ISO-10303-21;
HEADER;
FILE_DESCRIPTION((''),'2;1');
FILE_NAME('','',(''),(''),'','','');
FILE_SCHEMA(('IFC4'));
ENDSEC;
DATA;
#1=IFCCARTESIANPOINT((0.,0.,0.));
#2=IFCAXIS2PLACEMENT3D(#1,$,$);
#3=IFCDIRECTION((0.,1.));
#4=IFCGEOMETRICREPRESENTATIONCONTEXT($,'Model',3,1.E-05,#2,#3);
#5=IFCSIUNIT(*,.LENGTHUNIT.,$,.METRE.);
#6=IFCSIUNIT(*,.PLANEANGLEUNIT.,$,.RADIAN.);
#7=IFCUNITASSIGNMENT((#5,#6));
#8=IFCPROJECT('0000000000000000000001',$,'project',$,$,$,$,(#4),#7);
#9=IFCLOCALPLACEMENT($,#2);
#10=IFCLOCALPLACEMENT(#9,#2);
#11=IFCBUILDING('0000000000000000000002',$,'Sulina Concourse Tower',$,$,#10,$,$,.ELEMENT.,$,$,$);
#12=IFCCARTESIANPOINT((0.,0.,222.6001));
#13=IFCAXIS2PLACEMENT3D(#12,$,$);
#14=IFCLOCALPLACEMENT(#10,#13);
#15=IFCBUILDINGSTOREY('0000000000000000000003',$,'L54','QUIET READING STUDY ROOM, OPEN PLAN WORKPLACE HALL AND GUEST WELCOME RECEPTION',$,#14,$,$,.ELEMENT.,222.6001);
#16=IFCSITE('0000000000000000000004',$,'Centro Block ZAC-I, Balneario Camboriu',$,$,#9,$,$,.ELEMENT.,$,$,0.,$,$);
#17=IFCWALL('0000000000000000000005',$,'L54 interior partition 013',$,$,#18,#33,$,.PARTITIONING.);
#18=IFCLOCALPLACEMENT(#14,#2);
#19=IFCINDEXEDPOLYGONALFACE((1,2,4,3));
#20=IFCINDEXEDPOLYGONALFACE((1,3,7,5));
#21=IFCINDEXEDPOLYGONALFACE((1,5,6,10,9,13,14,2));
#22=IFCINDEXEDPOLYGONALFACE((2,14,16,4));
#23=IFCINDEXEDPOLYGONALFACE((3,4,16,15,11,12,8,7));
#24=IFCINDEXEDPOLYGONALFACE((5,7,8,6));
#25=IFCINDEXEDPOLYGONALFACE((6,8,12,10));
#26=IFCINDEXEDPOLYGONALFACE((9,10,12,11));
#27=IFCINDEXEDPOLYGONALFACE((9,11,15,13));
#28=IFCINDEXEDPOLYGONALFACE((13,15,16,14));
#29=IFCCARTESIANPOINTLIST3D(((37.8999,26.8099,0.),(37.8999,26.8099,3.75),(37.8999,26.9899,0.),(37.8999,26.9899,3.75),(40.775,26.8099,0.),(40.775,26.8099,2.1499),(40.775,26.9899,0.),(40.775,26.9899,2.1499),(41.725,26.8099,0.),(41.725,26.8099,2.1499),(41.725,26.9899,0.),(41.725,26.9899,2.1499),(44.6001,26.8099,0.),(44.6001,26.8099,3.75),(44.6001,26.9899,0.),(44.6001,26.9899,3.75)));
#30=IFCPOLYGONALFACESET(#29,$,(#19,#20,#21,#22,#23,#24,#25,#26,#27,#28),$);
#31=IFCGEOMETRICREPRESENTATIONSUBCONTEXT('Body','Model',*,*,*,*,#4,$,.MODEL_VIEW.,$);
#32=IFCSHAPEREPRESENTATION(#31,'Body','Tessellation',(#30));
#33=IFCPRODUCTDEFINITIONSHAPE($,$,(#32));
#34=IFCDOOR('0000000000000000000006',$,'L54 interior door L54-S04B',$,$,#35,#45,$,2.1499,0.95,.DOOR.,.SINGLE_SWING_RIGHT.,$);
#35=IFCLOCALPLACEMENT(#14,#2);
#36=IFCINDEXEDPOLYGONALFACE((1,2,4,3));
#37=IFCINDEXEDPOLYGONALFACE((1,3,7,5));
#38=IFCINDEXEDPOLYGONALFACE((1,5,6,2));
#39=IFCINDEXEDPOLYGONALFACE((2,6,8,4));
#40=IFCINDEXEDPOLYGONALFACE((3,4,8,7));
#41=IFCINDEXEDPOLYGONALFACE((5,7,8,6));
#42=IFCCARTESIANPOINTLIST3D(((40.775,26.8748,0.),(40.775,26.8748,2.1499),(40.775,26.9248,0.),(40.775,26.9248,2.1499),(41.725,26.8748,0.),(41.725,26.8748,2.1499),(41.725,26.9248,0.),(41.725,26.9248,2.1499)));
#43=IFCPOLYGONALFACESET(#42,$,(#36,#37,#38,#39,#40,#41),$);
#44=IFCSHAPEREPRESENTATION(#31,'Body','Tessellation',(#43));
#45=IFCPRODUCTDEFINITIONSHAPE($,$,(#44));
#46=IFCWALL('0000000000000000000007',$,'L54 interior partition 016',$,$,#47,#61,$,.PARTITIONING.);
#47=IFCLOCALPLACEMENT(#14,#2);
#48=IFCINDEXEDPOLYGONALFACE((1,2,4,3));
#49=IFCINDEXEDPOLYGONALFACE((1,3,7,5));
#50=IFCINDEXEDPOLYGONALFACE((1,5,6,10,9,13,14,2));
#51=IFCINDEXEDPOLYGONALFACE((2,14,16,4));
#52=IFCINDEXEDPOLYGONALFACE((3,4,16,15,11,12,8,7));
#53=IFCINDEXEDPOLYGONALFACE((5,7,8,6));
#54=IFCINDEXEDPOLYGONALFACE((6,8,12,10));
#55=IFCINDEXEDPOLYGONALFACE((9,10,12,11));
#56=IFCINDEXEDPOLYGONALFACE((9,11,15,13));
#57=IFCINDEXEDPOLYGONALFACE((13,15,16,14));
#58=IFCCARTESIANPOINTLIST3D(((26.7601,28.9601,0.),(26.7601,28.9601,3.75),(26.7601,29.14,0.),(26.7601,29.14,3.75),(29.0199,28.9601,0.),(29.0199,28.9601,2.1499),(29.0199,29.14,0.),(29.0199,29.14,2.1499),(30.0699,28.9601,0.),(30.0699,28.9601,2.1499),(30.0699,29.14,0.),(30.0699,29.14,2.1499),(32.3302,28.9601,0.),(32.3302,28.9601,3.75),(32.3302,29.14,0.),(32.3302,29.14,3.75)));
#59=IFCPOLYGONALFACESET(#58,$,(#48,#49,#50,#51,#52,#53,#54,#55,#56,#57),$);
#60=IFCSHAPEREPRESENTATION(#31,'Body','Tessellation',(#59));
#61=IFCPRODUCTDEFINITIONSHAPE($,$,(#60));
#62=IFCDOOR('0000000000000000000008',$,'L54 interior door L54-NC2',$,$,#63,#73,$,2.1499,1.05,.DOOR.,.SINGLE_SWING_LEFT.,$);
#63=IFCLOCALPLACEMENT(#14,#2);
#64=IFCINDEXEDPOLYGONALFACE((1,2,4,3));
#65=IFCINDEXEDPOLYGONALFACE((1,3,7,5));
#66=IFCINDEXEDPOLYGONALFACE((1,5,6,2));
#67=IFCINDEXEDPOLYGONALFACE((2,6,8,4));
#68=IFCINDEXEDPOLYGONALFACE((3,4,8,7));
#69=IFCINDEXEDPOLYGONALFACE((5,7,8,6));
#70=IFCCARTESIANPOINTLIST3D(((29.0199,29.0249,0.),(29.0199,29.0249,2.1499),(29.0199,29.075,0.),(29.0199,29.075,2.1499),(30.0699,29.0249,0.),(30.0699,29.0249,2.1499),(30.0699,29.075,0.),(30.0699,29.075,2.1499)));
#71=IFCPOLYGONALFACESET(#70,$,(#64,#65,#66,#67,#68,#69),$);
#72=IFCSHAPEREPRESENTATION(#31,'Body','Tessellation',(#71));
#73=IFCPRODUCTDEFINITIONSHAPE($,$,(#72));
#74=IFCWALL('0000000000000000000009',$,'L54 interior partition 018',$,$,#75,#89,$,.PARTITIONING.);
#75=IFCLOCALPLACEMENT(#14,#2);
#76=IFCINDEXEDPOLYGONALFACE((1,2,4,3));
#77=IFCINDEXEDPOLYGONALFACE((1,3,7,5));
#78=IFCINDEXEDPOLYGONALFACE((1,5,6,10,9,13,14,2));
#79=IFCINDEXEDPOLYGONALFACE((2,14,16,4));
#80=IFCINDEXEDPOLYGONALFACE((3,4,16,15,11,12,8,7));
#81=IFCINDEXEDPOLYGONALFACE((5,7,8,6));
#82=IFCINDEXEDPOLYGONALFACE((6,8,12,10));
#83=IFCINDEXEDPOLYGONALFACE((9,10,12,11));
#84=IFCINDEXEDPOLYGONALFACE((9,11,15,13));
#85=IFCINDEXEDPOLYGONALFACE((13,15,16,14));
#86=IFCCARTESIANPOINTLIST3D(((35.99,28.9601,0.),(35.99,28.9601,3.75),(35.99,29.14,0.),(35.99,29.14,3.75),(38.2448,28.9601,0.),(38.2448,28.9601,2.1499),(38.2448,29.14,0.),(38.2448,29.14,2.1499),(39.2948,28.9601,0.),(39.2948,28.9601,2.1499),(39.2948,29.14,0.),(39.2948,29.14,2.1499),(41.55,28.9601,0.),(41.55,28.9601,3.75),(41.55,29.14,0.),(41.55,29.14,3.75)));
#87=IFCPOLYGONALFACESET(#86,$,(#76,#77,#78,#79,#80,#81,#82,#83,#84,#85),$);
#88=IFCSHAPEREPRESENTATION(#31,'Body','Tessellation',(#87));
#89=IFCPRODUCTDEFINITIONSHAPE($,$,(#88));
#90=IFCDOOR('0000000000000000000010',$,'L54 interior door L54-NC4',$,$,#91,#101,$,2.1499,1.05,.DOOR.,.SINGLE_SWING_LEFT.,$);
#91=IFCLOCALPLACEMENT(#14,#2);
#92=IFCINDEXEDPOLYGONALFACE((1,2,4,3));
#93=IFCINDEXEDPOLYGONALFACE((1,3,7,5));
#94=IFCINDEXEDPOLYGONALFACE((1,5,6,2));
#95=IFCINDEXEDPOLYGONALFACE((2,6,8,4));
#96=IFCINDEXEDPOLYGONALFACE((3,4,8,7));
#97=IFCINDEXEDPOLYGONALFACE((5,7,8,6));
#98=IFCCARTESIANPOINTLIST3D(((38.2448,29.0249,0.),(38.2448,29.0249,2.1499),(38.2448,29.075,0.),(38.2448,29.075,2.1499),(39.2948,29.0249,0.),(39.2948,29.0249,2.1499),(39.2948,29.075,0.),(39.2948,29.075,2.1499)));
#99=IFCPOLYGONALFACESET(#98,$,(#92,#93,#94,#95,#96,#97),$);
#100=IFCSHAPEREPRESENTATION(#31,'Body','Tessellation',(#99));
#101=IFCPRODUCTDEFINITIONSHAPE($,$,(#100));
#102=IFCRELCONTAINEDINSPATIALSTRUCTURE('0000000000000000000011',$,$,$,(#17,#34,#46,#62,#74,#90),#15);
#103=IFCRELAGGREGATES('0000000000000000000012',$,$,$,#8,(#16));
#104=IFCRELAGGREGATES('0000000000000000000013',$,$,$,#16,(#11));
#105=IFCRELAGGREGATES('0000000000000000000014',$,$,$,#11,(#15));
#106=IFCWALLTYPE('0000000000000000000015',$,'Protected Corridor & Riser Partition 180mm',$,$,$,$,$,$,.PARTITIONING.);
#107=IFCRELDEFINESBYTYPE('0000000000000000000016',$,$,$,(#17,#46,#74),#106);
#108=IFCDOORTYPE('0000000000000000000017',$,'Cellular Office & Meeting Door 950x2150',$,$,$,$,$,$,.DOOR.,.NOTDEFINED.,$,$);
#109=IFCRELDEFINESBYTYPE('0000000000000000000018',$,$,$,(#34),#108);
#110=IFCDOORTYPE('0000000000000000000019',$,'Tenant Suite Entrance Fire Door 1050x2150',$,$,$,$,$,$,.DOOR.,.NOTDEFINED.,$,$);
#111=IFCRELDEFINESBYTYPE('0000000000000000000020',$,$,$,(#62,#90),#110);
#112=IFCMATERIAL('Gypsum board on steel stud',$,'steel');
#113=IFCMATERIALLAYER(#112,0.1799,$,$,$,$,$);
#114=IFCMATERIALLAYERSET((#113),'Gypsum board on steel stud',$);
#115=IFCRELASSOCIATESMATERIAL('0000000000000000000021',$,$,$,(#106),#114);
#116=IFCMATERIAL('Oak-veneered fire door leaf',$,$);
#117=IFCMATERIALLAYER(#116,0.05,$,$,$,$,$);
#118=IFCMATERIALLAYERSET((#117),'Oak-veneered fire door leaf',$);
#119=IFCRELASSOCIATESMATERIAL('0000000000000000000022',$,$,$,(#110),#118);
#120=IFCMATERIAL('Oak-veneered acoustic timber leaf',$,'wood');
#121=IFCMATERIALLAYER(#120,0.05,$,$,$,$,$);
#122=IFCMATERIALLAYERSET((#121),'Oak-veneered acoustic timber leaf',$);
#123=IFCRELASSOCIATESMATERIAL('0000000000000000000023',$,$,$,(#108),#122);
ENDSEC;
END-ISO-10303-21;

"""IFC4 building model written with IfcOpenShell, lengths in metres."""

from ifc_helpers import new_model, si_unit, direction, frame, frame_2d, origin, place, context, subcontext, project, spatial, rectangle, extrude, material, layer, layer_set, type_object, element, fill, save


model = new_model("IFC4")

# Units and contexts
model_context = context("Model", 3, precision=1e-05, world=origin(), true_north=direction((0.0, 1.0)))
body_context = subcontext(model_context, "Body", "Model", "MODEL_VIEW")
ifc_project = project(units=[si_unit("LENGTHUNIT", "METRE"), si_unit("PLANEANGLEUNIT", "RADIAN")], contexts=[model_context])

# Site, building, storey
site_placement = place(None, origin())
site = spatial("IfcSite", under=ifc_project, at=site_placement, Name="Centro Block ZAC-I, Balneario Camboriu", CompositionType="ELEMENT", RefElevation=0.0)
building_placement = place(site_placement, origin())
building = spatial("IfcBuilding", under=site, at=building_placement, Name="Sulina Concourse Tower", CompositionType="ELEMENT")
storey_placement = place(building_placement, frame((0.0, 0.0, 222.6001)))
storey = spatial("IfcBuildingStorey", under=building, at=storey_placement, Name="L54", Description="QUIET READING STUDY ROOM, OPEN PLAN WORKPLACE HALL AND GUEST WELCOME RECEPTION", CompositionType="ELEMENT", Elevation=222.6001)

# Walls, openings, doors
ifc_material_1 = material(Name="Gypsum board on steel stud", Category="steel")
ifc_layer_1 = layer(ifc_material_1, 0.1799)
ifc_layer_set_1 = layer_set([ifc_layer_1], Name="Gypsum board on steel stud")
wall_type_1 = type_object("IfcWallType", Name="Protected Corridor & Riser Partition 180mm", PredefinedType="PARTITIONING", material=ifc_layer_set_1)
ifc_material_2 = material(Name="Oak-veneered fire door leaf")
ifc_layer_2 = layer(ifc_material_2, 0.05)
ifc_layer_set_2 = layer_set([ifc_layer_2], Name="Oak-veneered fire door leaf")
door_type_1 = type_object("IfcDoorType", Name="Tenant Suite Entrance Fire Door 1050x2150", OperationType="NOTDEFINED", PredefinedType="DOOR", material=ifc_layer_set_2)
wall_1_placement = place(storey_placement, frame((37.8999, 26.8999, 0.0), z_axis=(0.0, 0.0, 1.0), x_axis=(1.0, 0.0, 0.0)))
wall_1 = element("IfcWall", 1, at=wall_1_placement, inside=storey, type_object=wall_type_1, Name="L54 interior partition 013", PredefinedType="PARTITIONING", context=body_context, shape_type="SweptSolid", body=[
    extrude(rectangle(XDim=6.7002, YDim=0.1799, at=frame_2d((3.3501, 0.0))), origin(), (0.0, 0.0, 1.0), 3.75),
])
opening_1_placement = place(wall_1_placement, frame((2.875, 0.0, 0.0)))
opening_1 = element("IfcOpeningElement", 2, at=opening_1_placement, cuts=wall_1, PredefinedType="OPENING", context=body_context, shape_type="SweptSolid", body=[
    extrude(rectangle(XDim=0.95, YDim=2.1499, at=frame_2d((0.4751, 1.075))), frame((0.0, 0.0999, 0.0), z_axis=(0.0, -1.0, 0.0), x_axis=(1.0, 0.0, 0.0)), (0.0, 0.0, 1.0), 0.2),
])
ifc_material_3 = material(Name="Oak-veneered acoustic timber leaf", Category="wood")
ifc_layer_3 = layer(ifc_material_3, 0.05)
ifc_layer_set_3 = layer_set([ifc_layer_3], Name="Oak-veneered acoustic timber leaf")
door_type_2 = type_object("IfcDoorType", Name="Cellular Office & Meeting Door 950x2150", OperationType="NOTDEFINED", PredefinedType="DOOR", material=ifc_layer_set_3)
door_1_placement = place(opening_1_placement, origin())
door_1 = element("IfcDoor", 3, at=door_1_placement, inside=storey, type_object=door_type_2, Name="L54 interior door L54-S04B", OperationType="SINGLE_SWING_RIGHT", OverallHeight=2.1499, OverallWidth=0.95, PredefinedType="DOOR", context=body_context, shape_type="SweptSolid", body=[
    extrude(rectangle(XDim=0.95, YDim=2.1499, at=frame_2d((0.4751, 1.075))), frame((0.0, 0.0249, 0.0), z_axis=(0.0, -1.0, 0.0), x_axis=(1.0, 0.0, 0.0)), (0.0, 0.0, 1.0), 0.05),
])
fill(opening_1, door_1)
wall_2_placement = place(storey_placement, frame((26.76, 29.05, 0.0), z_axis=(0.0, 0.0, 1.0), x_axis=(1.0, 0.0, 0.0)))
wall_2 = element("IfcWall", 4, at=wall_2_placement, inside=storey, type_object=wall_type_1, Name="L54 interior partition 016", PredefinedType="PARTITIONING", context=body_context, shape_type="SweptSolid", body=[
    extrude(rectangle(XDim=5.5701, YDim=0.1799, at=frame_2d((2.7852, 0.0))), origin(), (0.0, 0.0, 1.0), 3.75),
])
opening_2_placement = place(wall_2_placement, frame((2.26, 0.0, 0.0)))
opening_2 = element("IfcOpeningElement", 5, at=opening_2_placement, cuts=wall_2, PredefinedType="OPENING", context=body_context, shape_type="SweptSolid", body=[
    extrude(rectangle(XDim=1.05, YDim=2.1499, at=frame_2d((0.5249, 1.075))), frame((0.0, 0.0999, 0.0), z_axis=(0.0, -1.0, 0.0), x_axis=(1.0, 0.0, 0.0)), (0.0, 0.0, 1.0), 0.2),
])
door_2_placement = place(opening_2_placement, origin())
door_2 = element("IfcDoor", 6, at=door_2_placement, inside=storey, type_object=door_type_1, Name="L54 interior door L54-NC2", OperationType="SINGLE_SWING_LEFT", OverallHeight=2.1499, OverallWidth=1.05, PredefinedType="DOOR", context=body_context, shape_type="SweptSolid", body=[
    extrude(rectangle(XDim=1.05, YDim=2.1499, at=frame_2d((0.5249, 1.075))), frame((0.0, 0.0249, 0.0), z_axis=(0.0, -1.0, 0.0), x_axis=(1.0, 0.0, 0.0)), (0.0, 0.0, 1.0), 0.05),
])
fill(opening_2, door_2)
wall_3_placement = place(storey_placement, frame((35.99, 29.05, 0.0), z_axis=(0.0, 0.0, 1.0), x_axis=(1.0, 0.0, 0.0)))
wall_3 = element("IfcWall", 7, at=wall_3_placement, inside=storey, type_object=wall_type_1, Name="L54 interior partition 018", PredefinedType="PARTITIONING", context=body_context, shape_type="SweptSolid", body=[
    extrude(rectangle(XDim=5.5601, YDim=0.1799, at=frame_2d((2.78, 0.0))), origin(), (0.0, 0.0, 1.0), 3.75),
])
opening_3_placement = place(wall_3_placement, frame((2.2549, 0.0, 0.0)))
opening_3 = element("IfcOpeningElement", 8, at=opening_3_placement, cuts=wall_3, PredefinedType="OPENING", context=body_context, shape_type="SweptSolid", body=[
    extrude(rectangle(XDim=1.05, YDim=2.1499, at=frame_2d((0.5249, 1.075))), frame((0.0, 0.0999, 0.0), z_axis=(0.0, -1.0, 0.0), x_axis=(1.0, 0.0, 0.0)), (0.0, 0.0, 1.0), 0.2),
])
door_3_placement = place(opening_3_placement, origin())
door_3 = element("IfcDoor", 9, at=door_3_placement, inside=storey, type_object=door_type_1, Name="L54 interior door L54-NC4", OperationType="SINGLE_SWING_LEFT", OverallHeight=2.1499, OverallWidth=1.05, PredefinedType="DOOR", context=body_context, shape_type="SweptSolid", body=[
    extrude(rectangle(XDim=1.05, YDim=2.1499, at=frame_2d((0.5249, 1.075))), frame((0.0, 0.0249, 0.0), z_axis=(0.0, -1.0, 0.0), x_axis=(1.0, 0.0, 0.0)), (0.0, 0.0, 1.0), 0.05),
])
fill(opening_3, door_3)

save(model, "model.ifc")
